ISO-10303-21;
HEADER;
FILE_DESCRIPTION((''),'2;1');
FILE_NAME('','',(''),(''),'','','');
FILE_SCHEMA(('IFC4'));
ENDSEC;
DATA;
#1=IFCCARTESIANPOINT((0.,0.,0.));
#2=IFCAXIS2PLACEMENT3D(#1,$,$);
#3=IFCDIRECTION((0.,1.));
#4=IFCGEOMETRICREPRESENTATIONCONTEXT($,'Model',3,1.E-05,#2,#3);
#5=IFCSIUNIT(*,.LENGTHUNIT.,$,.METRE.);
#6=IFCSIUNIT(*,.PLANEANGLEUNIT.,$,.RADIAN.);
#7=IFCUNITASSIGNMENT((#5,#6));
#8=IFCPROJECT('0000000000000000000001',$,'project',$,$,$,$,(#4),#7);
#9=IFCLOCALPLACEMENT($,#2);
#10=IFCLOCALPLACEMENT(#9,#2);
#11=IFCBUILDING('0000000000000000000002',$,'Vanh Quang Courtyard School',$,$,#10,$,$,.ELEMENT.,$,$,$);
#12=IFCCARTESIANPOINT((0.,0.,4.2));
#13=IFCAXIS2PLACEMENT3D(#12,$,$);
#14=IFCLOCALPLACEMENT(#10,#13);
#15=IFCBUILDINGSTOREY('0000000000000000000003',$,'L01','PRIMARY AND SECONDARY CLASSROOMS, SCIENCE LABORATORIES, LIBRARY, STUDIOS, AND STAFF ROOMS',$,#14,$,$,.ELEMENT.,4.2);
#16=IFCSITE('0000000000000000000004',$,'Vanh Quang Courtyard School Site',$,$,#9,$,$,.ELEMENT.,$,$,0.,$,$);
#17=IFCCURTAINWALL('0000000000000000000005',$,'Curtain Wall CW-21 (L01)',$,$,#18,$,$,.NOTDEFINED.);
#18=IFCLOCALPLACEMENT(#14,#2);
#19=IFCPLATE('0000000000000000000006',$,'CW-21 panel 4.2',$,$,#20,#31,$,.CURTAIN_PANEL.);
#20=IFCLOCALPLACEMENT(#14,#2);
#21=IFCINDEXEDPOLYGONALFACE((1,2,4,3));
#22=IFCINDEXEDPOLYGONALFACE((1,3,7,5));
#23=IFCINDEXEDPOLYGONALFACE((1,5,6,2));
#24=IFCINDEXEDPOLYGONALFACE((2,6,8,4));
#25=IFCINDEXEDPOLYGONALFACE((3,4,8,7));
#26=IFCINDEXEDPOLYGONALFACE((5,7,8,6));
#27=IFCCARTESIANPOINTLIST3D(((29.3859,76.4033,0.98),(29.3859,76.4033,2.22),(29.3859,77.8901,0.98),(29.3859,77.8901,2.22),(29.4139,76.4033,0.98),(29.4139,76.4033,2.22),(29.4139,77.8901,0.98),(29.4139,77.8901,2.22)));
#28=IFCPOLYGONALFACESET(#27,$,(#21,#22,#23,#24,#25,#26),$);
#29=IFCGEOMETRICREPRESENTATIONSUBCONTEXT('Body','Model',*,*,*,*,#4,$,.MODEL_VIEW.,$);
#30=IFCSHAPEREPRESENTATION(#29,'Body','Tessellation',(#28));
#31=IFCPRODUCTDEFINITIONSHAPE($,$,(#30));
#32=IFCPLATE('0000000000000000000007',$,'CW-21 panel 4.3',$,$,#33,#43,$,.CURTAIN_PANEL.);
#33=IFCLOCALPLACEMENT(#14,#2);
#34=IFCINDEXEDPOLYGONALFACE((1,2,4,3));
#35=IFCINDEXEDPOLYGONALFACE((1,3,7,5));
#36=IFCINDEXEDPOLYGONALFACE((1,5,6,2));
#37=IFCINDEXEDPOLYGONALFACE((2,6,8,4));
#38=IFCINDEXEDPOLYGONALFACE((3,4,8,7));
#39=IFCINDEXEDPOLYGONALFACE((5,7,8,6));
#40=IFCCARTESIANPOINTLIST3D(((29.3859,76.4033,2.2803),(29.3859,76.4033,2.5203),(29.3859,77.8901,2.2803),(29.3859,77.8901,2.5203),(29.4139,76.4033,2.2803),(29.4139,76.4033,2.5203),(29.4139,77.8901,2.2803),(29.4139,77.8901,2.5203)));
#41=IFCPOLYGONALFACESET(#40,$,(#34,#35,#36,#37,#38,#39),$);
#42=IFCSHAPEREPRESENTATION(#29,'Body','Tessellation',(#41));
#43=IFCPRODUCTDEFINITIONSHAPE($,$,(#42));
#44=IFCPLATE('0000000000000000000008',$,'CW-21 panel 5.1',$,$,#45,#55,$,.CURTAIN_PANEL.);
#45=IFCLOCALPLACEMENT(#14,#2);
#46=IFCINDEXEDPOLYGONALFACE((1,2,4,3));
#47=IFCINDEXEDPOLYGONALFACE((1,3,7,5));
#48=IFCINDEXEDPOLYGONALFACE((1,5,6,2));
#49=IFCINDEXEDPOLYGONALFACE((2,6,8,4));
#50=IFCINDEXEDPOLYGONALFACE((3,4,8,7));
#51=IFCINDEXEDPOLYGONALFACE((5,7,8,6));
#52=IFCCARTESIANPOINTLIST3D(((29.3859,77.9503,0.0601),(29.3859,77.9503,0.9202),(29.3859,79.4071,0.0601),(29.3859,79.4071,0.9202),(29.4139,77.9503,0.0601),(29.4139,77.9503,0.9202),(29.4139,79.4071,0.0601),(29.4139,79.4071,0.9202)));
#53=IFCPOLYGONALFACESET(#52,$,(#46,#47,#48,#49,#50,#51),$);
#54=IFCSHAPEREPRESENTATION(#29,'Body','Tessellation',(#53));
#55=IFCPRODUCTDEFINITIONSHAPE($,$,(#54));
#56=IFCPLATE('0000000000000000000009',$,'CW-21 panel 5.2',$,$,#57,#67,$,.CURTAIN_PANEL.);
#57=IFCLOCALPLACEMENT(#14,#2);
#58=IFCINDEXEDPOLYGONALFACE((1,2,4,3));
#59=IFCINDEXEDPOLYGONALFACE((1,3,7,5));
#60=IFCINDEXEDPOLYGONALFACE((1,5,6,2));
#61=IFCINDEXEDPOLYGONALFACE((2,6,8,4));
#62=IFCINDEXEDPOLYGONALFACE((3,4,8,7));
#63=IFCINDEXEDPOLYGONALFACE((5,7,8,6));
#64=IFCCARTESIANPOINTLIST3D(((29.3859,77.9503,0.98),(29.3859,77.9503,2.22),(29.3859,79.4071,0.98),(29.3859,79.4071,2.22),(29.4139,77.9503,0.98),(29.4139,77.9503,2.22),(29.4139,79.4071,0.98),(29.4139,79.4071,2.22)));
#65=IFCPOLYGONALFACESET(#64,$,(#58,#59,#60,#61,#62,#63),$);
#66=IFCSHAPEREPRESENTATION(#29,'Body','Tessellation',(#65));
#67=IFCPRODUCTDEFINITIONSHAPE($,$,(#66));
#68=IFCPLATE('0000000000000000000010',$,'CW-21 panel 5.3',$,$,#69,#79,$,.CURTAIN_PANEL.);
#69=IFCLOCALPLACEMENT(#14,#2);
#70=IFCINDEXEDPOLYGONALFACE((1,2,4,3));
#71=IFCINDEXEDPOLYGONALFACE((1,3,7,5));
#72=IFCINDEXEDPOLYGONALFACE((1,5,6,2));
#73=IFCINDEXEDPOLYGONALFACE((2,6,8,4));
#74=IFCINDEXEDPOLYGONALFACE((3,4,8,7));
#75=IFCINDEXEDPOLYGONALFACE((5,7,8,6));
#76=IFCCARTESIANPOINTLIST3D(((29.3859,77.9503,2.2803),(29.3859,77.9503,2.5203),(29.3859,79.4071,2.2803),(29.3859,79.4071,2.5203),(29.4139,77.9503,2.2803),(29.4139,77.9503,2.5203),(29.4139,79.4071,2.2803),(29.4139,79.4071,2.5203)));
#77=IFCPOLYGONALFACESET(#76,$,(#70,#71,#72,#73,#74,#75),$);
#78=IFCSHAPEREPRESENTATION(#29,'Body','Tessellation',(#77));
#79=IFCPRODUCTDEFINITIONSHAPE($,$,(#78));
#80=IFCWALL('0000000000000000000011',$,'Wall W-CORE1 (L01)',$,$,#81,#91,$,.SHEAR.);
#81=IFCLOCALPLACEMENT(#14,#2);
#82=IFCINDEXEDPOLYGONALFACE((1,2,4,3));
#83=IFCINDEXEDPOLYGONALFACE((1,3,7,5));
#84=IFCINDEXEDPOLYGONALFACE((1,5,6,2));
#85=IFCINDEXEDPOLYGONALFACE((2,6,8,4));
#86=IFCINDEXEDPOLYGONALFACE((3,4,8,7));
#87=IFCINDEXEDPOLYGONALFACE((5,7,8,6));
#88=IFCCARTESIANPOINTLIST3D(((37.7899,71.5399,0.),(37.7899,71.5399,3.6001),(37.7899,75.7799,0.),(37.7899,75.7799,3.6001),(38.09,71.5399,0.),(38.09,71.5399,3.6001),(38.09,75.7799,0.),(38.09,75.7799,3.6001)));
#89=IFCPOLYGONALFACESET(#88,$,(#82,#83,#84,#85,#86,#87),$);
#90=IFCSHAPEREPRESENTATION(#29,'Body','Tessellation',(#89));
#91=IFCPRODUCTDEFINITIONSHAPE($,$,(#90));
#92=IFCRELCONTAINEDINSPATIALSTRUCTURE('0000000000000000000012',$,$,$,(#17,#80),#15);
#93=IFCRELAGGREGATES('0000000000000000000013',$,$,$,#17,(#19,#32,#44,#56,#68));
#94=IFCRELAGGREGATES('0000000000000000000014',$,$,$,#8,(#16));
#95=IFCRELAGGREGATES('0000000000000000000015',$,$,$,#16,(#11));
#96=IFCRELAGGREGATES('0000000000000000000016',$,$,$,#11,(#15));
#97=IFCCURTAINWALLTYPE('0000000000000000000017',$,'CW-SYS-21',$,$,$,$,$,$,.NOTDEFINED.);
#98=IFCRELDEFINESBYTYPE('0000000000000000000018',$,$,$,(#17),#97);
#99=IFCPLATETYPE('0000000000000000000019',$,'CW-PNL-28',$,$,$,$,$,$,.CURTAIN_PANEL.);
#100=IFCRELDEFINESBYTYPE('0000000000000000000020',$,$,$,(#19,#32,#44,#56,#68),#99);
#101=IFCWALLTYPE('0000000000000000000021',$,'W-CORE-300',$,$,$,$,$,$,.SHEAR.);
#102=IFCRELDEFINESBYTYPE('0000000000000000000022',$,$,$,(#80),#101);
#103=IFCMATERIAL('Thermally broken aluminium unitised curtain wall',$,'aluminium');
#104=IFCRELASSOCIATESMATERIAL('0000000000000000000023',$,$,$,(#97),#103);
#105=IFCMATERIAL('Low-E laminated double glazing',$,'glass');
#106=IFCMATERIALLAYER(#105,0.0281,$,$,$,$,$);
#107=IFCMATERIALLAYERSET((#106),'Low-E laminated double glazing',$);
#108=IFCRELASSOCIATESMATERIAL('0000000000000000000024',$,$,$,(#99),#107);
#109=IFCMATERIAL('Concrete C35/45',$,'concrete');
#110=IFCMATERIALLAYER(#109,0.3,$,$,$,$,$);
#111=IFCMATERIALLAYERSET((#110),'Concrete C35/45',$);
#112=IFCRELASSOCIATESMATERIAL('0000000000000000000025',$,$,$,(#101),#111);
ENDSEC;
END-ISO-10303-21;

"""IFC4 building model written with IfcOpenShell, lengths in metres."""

from ifc_helpers import new_model, si_unit, direction, frame, frame_2d, origin, origin_2d, place, context, subcontext, project, spatial, rectangle, extrude, material, layer, layer_set, type_object, element, aggregate, save


model = new_model("IFC4")

# Units and contexts
model_context = context("Model", 3, precision=1e-05, world=origin(), true_north=direction((0.0, 1.0)))
body_context = subcontext(model_context, "Body", "Model", "MODEL_VIEW")
ifc_project = project(units=[si_unit("LENGTHUNIT", "METRE"), si_unit("PLANEANGLEUNIT", "RADIAN")], contexts=[model_context])

# Site, building, storey
site_placement = place(None, origin())
site = spatial("IfcSite", under=ifc_project, at=site_placement, Name="Vanh Quang Courtyard School Site", CompositionType="ELEMENT", RefElevation=0.0)
building_placement = place(site_placement, origin())
building = spatial("IfcBuilding", under=site, at=building_placement, Name="Vanh Quang Courtyard School", CompositionType="ELEMENT")
storey_placement = place(building_placement, frame((0.0, 0.0, 4.2)))
storey = spatial("IfcBuildingStorey", under=building, at=storey_placement, Name="L01", Description="PRIMARY AND SECONDARY CLASSROOMS, SCIENCE LABORATORIES, LIBRARY, STUDIOS, AND STAFF ROOMS", CompositionType="ELEMENT", Elevation=4.2)

# Shared definitions
ifc_material_1 = material(Name="Concrete C35/45", Category="concrete")

# Curtain wall
ifc_material_2 = material(Name="Thermally broken aluminium unitised curtain wall", Category="aluminium")
curtain_wall_type = type_object("IfcCurtainWallType", Name="CW-SYS-21", PredefinedType="NOTDEFINED", material=ifc_material_2)
curtain_wall_placement = place(storey_placement, origin())
curtain_wall = element("IfcCurtainWall", 1, at=curtain_wall_placement, inside=storey, type_object=curtain_wall_type, Name="Curtain Wall CW-21 (L01)", PredefinedType="NOTDEFINED")

# Plates
ifc_material_3 = material(Name="Low-E laminated double glazing", Category="glass")
ifc_layer_1 = layer(ifc_material_3, 0.0281)
ifc_layer_set_1 = layer_set([ifc_layer_1], Name="Low-E laminated double glazing")
plate_type = type_object("IfcPlateType", Name="CW-PNL-28", PredefinedType="CURTAIN_PANEL", material=ifc_layer_set_1)
plate_1_placement = place(storey_placement, frame((29.3999, 77.1467, 0.98), z_axis=(0.0, 0.0, 1.0), x_axis=(0.0, 1.0, 0.0)))
plate_1 = element("IfcPlate", 2, at=plate_1_placement, type_object=plate_type, Name="CW-21 panel 4.2", PredefinedType="CURTAIN_PANEL", context=body_context, shape_type="SweptSolid", body=[
    extrude(rectangle(XDim=1.4868, YDim=0.0281, at=origin_2d()), origin(), (0.0, 0.0, 1.0), 1.24),
])
plate_2_placement = place(storey_placement, frame((29.3999, 77.1467, 2.2803), z_axis=(0.0, 0.0, 1.0), x_axis=(0.0, 1.0, 0.0)))
plate_2 = element("IfcPlate", 3, at=plate_2_placement, type_object=plate_type, Name="CW-21 panel 4.3", PredefinedType="CURTAIN_PANEL", context=body_context, shape_type="SweptSolid", body=[
    extrude(rectangle(XDim=1.4868, YDim=0.0281, at=origin_2d()), origin(), (0.0, 0.0, 1.0), 0.24),
])
plate_3_placement = place(storey_placement, frame((29.3999, 78.6787, 0.0601), z_axis=(0.0, 0.0, 1.0), x_axis=(0.0, 1.0, 0.0)))
plate_3 = element("IfcPlate", 4, at=plate_3_placement, type_object=plate_type, Name="CW-21 panel 5.1", PredefinedType="CURTAIN_PANEL", context=body_context, shape_type="SweptSolid", body=[
    extrude(rectangle(XDim=1.4568, YDim=0.0281, at=origin_2d()), origin(), (0.0, 0.0, 1.0), 0.8601),
])
plate_4_placement = place(storey_placement, frame((29.3999, 78.6787, 0.98), z_axis=(0.0, 0.0, 1.0), x_axis=(0.0, 1.0, 0.0)))
plate_4 = element("IfcPlate", 5, at=plate_4_placement, type_object=plate_type, Name="CW-21 panel 5.2", PredefinedType="CURTAIN_PANEL", context=body_context, shape_type="SweptSolid", body=[
    extrude(rectangle(XDim=1.4568, YDim=0.0281, at=origin_2d()), origin(), (0.0, 0.0, 1.0), 1.24),
])
plate_5_placement = place(storey_placement, frame((29.3999, 78.6787, 2.2803), z_axis=(0.0, 0.0, 1.0), x_axis=(0.0, 1.0, 0.0)))
plate_5 = element("IfcPlate", 6, at=plate_5_placement, type_object=plate_type, Name="CW-21 panel 5.3", PredefinedType="CURTAIN_PANEL", context=body_context, shape_type="SweptSolid", body=[
    extrude(rectangle(XDim=1.4568, YDim=0.0281, at=origin_2d()), origin(), (0.0, 0.0, 1.0), 0.24),
])
aggregate(curtain_wall, [plate_1, plate_2, plate_3, plate_4, plate_5])

# Wall
ifc_layer_2 = layer(ifc_material_1, 0.3)
ifc_layer_set_2 = layer_set([ifc_layer_2], Name="Concrete C35/45")
wall_type = type_object("IfcWallType", Name="W-CORE-300", PredefinedType="SHEAR", material=ifc_layer_set_2)
wall_placement = place(storey_placement, frame((37.9399, 75.78, 0.0), z_axis=(0.0, 0.0, 1.0), x_axis=(0.0, -1.0, 0.0)))
element("IfcWall", 7, at=wall_placement, inside=storey, type_object=wall_type, Name="Wall W-CORE1 (L01)", PredefinedType="SHEAR", context=body_context, shape_type="SweptSolid", body=[
    extrude(rectangle(XDim=4.24, YDim=0.3, at=frame_2d((2.1201, 0.0))), origin(), (0.0, 0.0, 1.0), 3.6001),
])

save(model, "model.ifc")
